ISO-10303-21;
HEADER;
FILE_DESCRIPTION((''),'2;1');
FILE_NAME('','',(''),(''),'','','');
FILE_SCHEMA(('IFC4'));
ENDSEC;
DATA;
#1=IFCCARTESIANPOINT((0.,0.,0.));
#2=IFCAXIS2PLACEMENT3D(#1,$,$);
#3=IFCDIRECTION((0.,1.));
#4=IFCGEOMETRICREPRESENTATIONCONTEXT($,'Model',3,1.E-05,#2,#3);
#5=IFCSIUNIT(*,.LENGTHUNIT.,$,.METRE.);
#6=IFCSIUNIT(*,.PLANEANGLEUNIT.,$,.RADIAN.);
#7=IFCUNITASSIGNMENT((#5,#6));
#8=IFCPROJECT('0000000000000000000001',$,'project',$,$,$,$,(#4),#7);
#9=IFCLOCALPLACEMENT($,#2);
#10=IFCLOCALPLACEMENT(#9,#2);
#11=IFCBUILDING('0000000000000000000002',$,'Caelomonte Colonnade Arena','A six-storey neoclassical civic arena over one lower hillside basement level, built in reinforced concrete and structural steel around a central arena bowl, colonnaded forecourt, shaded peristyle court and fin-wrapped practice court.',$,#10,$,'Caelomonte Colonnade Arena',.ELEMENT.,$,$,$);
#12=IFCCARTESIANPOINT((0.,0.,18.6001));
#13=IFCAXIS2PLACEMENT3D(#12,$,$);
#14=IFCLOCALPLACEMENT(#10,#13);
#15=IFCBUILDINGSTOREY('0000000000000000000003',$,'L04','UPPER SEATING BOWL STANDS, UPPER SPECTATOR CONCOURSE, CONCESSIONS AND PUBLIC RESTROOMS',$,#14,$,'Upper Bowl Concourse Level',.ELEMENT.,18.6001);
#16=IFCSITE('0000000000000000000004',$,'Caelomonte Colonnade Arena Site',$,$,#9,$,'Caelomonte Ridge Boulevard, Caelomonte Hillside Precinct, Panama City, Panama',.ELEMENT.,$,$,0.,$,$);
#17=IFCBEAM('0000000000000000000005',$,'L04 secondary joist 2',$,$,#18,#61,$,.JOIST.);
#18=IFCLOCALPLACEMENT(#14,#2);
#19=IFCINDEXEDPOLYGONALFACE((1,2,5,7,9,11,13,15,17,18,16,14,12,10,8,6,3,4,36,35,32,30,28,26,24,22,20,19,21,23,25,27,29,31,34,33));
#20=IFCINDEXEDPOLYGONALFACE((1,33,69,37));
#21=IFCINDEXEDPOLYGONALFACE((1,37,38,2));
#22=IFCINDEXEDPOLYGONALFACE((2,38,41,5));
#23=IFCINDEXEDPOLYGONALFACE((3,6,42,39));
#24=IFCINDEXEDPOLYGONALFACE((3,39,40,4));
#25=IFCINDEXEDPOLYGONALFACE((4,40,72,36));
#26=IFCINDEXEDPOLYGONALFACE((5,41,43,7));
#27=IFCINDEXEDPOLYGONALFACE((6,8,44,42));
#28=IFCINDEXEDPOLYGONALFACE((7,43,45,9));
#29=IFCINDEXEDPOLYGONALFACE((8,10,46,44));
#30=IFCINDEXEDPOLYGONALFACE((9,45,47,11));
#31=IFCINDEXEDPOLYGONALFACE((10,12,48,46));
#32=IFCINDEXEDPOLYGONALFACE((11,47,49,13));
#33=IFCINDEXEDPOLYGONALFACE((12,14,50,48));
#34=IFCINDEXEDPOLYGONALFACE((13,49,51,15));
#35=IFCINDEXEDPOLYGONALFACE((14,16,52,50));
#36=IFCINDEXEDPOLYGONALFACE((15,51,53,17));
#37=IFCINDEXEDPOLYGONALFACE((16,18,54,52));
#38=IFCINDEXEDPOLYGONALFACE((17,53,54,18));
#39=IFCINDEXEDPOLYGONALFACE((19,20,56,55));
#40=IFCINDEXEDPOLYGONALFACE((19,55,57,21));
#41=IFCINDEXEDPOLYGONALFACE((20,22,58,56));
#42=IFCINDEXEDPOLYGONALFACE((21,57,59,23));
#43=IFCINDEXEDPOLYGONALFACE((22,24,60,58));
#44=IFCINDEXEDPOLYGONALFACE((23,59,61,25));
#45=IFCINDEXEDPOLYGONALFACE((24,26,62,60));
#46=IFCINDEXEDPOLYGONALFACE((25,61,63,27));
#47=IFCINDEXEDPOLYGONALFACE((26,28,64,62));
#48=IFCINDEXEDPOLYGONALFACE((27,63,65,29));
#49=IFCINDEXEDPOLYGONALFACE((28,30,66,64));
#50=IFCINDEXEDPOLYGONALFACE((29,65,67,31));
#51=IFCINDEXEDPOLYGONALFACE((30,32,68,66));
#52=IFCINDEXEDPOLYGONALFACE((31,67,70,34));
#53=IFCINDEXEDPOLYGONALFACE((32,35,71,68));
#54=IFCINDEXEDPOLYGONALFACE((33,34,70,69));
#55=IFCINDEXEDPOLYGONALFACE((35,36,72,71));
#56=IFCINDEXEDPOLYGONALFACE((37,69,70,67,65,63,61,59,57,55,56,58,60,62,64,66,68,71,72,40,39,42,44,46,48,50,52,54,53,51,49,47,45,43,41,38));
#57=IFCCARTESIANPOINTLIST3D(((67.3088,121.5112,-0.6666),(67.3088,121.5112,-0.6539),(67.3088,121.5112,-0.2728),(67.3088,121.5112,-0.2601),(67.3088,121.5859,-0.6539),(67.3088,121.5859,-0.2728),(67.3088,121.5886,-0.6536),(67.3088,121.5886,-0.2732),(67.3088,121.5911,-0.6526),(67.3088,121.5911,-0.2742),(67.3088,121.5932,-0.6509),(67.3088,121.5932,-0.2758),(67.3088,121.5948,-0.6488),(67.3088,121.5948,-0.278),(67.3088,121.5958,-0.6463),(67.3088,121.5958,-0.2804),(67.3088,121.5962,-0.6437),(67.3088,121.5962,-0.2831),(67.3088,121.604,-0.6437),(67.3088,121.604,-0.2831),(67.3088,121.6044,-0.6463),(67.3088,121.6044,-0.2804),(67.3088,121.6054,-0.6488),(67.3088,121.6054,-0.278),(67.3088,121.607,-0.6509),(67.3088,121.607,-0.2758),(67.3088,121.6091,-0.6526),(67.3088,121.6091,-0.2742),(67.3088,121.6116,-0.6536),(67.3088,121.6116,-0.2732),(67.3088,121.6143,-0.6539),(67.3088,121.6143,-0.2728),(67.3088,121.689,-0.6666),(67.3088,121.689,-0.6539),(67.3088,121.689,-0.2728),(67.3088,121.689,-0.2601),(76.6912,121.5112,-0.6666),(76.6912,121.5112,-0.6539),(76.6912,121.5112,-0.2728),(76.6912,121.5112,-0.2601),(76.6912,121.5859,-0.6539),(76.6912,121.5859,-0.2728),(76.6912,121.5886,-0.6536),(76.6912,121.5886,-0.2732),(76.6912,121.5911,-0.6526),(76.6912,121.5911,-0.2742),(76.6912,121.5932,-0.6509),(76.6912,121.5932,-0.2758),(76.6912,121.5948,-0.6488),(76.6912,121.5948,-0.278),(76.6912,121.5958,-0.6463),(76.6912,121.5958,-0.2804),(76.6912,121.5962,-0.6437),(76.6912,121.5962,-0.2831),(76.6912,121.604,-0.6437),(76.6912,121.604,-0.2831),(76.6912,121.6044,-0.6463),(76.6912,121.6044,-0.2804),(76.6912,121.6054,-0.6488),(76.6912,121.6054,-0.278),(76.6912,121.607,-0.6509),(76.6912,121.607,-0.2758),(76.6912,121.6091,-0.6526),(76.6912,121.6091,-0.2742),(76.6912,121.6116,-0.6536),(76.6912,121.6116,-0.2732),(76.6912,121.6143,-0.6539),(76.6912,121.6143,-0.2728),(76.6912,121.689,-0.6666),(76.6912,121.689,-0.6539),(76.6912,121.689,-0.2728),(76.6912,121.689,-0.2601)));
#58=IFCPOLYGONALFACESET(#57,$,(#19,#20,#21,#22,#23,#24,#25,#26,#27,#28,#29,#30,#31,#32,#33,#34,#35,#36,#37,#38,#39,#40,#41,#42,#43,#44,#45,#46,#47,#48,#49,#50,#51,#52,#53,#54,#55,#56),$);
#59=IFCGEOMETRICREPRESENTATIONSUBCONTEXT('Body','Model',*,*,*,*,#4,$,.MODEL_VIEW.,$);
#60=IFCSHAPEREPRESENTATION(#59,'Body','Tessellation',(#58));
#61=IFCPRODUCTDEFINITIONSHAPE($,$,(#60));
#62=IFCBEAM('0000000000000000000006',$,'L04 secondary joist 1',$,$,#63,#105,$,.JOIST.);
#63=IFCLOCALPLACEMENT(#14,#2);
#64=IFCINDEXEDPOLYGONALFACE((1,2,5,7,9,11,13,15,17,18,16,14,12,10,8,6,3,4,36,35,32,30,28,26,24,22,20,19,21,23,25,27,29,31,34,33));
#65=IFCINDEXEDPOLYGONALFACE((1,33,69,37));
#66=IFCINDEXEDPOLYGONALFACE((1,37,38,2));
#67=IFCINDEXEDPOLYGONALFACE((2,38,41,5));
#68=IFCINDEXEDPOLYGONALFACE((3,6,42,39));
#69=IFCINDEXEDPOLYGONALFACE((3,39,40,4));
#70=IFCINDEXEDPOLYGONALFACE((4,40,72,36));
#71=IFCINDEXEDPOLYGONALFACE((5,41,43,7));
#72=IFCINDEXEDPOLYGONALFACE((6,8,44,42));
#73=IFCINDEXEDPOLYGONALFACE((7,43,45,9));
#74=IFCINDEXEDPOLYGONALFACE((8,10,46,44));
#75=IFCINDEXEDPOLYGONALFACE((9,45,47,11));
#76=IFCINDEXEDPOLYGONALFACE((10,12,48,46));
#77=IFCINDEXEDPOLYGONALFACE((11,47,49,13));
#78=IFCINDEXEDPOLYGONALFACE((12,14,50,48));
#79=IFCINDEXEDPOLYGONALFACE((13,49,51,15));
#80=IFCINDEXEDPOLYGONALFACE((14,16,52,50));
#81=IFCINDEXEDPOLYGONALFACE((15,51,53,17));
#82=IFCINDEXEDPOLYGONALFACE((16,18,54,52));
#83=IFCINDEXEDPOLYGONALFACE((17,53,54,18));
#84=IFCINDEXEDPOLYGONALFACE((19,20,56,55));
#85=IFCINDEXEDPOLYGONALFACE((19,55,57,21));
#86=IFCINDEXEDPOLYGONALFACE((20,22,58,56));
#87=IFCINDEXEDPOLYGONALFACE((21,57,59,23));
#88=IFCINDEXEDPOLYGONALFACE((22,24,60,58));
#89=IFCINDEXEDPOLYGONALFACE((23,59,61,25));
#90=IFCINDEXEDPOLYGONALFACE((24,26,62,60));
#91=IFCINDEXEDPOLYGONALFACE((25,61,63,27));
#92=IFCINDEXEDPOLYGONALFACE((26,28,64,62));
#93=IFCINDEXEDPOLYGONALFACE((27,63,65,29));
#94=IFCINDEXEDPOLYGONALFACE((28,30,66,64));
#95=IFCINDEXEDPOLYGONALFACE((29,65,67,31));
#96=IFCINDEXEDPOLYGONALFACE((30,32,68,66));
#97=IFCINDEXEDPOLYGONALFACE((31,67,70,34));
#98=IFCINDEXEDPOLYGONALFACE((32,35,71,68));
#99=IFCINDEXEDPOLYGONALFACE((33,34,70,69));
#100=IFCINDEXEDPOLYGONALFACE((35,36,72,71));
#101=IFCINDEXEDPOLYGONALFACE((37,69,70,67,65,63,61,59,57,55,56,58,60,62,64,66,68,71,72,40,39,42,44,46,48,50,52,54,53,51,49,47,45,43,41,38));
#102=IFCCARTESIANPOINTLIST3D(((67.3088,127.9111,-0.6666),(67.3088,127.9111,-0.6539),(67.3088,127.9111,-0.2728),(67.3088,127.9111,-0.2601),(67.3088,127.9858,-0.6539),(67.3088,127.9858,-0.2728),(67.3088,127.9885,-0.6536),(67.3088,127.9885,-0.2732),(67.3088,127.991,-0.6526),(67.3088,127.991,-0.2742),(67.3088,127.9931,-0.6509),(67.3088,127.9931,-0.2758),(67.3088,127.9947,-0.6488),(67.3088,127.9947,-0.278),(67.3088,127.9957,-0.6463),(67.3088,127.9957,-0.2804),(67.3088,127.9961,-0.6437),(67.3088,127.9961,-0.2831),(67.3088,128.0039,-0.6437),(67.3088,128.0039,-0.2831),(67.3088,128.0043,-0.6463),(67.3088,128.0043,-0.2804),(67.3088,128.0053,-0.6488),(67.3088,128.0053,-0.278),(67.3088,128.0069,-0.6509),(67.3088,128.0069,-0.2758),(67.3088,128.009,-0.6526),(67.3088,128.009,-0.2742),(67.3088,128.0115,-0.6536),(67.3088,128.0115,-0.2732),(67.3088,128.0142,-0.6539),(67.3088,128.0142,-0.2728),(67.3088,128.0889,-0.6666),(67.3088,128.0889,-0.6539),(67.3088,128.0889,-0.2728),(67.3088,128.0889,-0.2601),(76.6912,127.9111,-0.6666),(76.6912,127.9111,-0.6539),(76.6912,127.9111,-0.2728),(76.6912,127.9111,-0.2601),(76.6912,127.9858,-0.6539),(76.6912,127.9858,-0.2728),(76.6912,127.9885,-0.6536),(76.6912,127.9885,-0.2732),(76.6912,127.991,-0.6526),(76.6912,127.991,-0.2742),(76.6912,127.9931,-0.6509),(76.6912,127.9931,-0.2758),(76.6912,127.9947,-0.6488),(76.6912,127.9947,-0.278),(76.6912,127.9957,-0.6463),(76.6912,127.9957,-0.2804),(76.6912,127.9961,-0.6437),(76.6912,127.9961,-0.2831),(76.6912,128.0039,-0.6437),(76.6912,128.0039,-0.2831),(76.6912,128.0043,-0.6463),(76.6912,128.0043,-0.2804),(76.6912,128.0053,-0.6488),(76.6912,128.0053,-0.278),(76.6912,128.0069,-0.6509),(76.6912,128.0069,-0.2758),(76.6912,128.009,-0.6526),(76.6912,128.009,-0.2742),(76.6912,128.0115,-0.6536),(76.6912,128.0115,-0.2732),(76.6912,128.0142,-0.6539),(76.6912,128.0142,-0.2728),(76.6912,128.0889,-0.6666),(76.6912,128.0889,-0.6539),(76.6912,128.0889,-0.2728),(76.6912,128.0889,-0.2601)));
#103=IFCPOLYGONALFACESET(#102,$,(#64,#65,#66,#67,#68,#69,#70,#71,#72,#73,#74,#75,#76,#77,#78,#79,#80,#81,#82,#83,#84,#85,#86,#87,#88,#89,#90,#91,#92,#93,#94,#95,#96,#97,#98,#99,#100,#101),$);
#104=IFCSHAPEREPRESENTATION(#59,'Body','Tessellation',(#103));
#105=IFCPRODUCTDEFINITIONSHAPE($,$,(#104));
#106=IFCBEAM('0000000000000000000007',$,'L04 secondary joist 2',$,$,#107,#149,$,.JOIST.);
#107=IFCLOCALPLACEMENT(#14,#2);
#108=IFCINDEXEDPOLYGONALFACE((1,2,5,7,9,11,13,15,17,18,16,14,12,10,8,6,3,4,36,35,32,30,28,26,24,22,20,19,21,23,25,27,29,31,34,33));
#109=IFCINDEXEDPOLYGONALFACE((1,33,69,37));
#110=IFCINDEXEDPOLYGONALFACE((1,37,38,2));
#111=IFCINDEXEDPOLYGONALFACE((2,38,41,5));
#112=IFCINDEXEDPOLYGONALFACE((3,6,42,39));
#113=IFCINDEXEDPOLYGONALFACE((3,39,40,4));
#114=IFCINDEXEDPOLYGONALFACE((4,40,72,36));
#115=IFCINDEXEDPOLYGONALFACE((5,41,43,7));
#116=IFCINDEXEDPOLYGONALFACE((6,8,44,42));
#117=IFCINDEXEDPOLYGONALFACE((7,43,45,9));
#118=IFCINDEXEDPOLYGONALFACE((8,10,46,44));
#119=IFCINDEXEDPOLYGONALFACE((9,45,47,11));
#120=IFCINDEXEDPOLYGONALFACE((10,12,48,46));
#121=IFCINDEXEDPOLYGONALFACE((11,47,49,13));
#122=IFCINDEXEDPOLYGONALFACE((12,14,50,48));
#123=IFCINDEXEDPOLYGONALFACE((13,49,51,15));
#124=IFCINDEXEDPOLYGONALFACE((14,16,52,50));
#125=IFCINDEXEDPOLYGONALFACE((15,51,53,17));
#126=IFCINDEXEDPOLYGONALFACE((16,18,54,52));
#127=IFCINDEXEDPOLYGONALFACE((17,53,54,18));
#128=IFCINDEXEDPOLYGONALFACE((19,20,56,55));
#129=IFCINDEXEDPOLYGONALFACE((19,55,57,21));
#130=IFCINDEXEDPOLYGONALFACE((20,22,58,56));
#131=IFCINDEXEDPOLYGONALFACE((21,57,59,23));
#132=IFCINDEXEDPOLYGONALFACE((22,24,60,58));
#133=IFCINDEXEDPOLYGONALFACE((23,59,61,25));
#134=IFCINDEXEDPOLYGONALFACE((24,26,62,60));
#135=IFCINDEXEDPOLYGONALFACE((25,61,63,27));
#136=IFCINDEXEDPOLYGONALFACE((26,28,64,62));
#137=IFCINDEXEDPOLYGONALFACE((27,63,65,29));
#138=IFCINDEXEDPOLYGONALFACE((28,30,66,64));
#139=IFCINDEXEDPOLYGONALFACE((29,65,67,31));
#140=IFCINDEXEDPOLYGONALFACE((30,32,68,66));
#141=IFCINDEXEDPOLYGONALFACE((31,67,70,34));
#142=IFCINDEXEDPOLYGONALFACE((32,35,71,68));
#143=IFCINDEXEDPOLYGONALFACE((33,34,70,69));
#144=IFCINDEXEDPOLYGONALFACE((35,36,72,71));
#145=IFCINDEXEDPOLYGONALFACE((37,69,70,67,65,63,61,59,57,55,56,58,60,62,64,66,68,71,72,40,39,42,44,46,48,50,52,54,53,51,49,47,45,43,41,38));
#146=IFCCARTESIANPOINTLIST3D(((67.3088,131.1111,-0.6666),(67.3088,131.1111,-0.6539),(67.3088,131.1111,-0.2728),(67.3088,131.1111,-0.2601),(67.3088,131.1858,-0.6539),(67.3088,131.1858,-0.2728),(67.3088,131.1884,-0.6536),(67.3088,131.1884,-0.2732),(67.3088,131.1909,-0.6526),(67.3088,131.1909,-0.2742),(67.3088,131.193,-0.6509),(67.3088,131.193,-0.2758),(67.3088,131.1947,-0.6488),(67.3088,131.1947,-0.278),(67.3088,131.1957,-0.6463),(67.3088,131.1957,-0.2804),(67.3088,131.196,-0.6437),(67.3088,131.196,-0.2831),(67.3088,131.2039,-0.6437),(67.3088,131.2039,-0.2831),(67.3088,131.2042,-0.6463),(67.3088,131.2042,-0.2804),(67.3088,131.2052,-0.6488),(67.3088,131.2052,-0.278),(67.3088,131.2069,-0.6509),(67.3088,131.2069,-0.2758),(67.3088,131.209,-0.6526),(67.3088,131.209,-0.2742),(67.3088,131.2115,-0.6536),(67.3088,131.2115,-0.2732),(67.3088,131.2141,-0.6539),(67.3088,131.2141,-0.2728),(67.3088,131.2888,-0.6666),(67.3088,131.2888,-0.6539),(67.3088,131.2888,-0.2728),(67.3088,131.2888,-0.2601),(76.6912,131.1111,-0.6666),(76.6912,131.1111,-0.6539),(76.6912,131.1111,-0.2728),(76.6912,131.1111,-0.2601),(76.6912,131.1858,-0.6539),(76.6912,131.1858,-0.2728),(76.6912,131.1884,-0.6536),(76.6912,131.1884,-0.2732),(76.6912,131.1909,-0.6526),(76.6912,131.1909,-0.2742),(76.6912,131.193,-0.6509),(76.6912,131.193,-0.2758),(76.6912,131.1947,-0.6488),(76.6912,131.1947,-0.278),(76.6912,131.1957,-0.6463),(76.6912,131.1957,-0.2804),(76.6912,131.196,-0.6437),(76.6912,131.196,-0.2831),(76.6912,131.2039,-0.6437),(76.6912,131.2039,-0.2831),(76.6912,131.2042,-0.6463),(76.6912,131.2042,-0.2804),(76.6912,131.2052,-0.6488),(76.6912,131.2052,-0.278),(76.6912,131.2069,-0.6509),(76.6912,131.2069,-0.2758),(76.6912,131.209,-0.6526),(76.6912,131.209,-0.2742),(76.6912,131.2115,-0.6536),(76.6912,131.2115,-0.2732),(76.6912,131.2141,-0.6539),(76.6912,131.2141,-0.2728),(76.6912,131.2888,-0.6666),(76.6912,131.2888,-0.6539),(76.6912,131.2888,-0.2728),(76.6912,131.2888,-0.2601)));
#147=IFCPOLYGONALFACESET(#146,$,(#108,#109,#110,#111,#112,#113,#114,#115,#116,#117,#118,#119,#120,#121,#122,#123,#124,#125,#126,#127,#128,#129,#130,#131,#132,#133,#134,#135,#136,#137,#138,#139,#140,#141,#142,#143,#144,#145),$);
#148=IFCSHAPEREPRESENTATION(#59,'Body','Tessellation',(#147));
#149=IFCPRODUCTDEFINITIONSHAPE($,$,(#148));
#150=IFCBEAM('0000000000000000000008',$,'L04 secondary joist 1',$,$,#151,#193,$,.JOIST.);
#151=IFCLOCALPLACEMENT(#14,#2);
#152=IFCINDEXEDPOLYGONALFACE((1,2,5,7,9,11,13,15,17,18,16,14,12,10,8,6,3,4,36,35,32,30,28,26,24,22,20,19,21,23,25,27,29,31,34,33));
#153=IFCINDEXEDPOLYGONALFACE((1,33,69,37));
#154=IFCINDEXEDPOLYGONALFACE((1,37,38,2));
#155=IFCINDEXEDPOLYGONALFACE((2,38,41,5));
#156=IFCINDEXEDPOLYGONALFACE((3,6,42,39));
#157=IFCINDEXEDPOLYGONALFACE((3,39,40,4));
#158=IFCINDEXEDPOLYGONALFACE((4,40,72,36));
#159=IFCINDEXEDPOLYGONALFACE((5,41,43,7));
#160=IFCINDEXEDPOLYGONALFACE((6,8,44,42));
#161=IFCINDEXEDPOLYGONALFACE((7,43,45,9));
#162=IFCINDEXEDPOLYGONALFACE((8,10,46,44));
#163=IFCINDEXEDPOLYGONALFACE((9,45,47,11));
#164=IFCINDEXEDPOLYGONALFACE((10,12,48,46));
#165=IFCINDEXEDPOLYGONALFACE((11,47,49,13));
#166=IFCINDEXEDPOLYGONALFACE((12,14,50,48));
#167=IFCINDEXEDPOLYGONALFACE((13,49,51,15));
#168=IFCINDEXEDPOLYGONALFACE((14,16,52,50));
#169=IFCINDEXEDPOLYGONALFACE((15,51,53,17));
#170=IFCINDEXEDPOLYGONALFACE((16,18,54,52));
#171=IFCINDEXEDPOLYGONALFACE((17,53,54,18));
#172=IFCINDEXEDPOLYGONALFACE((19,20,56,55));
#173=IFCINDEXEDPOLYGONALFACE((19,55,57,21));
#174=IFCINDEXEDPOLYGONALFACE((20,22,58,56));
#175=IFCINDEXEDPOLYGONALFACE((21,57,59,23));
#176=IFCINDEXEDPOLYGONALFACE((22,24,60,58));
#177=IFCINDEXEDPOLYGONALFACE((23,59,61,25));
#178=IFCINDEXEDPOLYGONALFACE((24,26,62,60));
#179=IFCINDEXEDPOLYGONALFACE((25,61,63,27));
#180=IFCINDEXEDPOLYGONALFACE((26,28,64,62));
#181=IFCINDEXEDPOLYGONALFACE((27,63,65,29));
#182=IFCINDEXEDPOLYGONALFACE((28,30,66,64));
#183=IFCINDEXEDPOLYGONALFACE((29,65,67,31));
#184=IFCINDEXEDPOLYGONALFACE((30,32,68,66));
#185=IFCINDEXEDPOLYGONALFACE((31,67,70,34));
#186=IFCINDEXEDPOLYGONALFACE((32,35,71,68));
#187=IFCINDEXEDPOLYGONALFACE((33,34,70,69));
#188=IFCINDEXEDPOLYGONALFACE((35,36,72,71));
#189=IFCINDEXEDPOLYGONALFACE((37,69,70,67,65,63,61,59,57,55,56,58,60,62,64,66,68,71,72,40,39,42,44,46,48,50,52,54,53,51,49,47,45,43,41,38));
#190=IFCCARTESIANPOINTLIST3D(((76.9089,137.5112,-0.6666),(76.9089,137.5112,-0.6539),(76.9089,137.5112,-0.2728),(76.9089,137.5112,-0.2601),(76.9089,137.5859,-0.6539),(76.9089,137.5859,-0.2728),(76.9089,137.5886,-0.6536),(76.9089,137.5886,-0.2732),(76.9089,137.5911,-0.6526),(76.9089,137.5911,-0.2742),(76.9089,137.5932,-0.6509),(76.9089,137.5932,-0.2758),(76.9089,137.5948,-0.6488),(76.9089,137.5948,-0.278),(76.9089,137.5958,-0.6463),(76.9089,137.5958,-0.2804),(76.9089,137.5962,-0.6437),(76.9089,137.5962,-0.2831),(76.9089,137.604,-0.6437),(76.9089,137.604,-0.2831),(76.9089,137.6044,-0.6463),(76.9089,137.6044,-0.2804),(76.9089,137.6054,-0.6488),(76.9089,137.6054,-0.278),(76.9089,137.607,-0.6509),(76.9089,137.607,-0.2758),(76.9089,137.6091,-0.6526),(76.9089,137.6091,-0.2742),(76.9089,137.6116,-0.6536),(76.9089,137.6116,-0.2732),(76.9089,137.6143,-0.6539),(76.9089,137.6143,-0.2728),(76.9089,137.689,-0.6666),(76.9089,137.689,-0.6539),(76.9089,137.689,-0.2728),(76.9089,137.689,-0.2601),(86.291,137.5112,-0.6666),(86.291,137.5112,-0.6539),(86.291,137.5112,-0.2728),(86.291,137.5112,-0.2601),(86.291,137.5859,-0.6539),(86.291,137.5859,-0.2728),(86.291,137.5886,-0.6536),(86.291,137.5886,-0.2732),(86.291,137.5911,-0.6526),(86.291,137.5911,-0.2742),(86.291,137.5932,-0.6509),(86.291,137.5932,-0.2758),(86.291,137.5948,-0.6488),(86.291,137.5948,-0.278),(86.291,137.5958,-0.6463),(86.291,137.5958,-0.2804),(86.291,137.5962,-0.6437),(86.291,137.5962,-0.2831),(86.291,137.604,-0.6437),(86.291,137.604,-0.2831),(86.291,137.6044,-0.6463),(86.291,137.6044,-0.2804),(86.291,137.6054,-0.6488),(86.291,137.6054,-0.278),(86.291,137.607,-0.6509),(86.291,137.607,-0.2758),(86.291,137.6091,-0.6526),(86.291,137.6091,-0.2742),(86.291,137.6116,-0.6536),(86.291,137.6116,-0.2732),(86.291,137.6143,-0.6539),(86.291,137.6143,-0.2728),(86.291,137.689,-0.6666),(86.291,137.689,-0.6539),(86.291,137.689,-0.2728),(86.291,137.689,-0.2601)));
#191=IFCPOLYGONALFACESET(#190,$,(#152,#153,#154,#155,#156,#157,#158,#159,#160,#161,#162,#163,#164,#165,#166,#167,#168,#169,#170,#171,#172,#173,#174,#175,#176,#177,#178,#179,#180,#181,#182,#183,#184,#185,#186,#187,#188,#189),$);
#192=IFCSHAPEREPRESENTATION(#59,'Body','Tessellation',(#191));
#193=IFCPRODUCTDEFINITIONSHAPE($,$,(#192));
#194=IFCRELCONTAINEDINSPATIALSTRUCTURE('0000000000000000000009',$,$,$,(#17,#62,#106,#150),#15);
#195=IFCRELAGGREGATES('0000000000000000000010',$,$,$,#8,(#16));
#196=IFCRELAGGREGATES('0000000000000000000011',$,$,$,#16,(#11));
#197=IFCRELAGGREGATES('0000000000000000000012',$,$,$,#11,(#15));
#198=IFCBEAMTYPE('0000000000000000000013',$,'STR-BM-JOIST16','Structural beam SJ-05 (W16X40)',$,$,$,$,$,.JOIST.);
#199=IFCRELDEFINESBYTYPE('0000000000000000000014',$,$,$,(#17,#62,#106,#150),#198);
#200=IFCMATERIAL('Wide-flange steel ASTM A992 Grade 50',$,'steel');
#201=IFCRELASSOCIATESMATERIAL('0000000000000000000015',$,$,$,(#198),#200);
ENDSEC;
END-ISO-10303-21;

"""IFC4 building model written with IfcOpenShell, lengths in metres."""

from ifc_helpers import new_model, si_unit, direction, frame, origin, origin_2d, place, context, subcontext, project, spatial, i_section, extrude, material, material_profile, profile_set, type_object, element, save


model = new_model("IFC4")

# Units and contexts
model_context = context("Model", 3, precision=1e-05, world=origin(), true_north=direction((0.0, 1.0)))
body_context = subcontext(model_context, "Body", "Model", "MODEL_VIEW")
ifc_project = project(units=[si_unit("LENGTHUNIT", "METRE"), si_unit("PLANEANGLEUNIT", "RADIAN")], contexts=[model_context])

# Site, building, storey
site_placement = place(None, origin())
site = spatial("IfcSite", under=ifc_project, at=site_placement, Name="Caelomonte Colonnade Arena Site", LongName="Caelomonte Ridge Boulevard, Caelomonte Hillside Precinct, Panama City, Panama", CompositionType="ELEMENT", RefElevation=0.0)
building_placement = place(site_placement, origin())
building = spatial("IfcBuilding", under=site, at=building_placement, Name="Caelomonte Colonnade Arena", Description="A six-storey neoclassical civic arena over one lower hillside basement level, built in reinforced concrete and structural steel around a central arena bowl, colonnaded forecourt, shaded peristyle court and fin-wrapped practice court.", LongName="Caelomonte Colonnade Arena", CompositionType="ELEMENT")
storey_placement = place(building_placement, frame((0.0, 0.0, 18.6001)))
storey = spatial("IfcBuildingStorey", under=building, at=storey_placement, Name="L04", Description="UPPER SEATING BOWL STANDS, UPPER SPECTATOR CONCOURSE, CONCESSIONS AND PUBLIC RESTROOMS", LongName="Upper Bowl Concourse Level", CompositionType="ELEMENT", Elevation=18.6001)

# Beams
ifc_material_1 = material(Name="Wide-flange steel ASTM A992 Grade 50", Category="steel")
ifc_material_profile_1 = material_profile(ifc_material_1, i_section(OverallWidth=0.1777, OverallDepth=0.4065, WebThickness=0.0078, FlangeThickness=0.0127, FilletRadius=0.0103, at=origin_2d()), Name="W16X40")
ifc_profile_set_1 = profile_set([ifc_material_profile_1], Name="Wide-flange steel ASTM A992 Grade 50")
beam_type_1 = type_object("IfcBeamType", Name="STR-BM-JOIST16", Description="Structural beam SJ-05 (W16X40)", PredefinedType="JOIST", material=ifc_profile_set_1)
for number, where, z_axis, x_axis, name in (
    (1, (67.3088, 121.6001, -0.4634), (1.0, 0.0, 0.0), (0.0, 1.0, 0.0), "L04 secondary joist 2"),
    (2, (67.3088, 128.0, -0.4634), (1.0, 0.0, 0.0), (0.0, 1.0, 0.0), "L04 secondary joist 1"),
    (3, (67.3088, 131.2, -0.4634), (1.0, 0.0, 0.0), (0.0, 1.0, 0.0), "L04 secondary joist 2"),
):
    element("IfcBeam", number, at=place(storey_placement, frame(where, z_axis=z_axis, x_axis=x_axis)), inside=storey, type_object=beam_type_1, Name=name, PredefinedType="JOIST", context=body_context, shape_type="SweptSolid", body=[
        extrude(i_section(OverallWidth=0.1777, OverallDepth=0.4065, WebThickness=0.0078, FlangeThickness=0.0127, FilletRadius=0.0103, at=origin_2d()), origin(), (0.0, 0.0, 1.0), 9.3823),
    ])
for number, where, z_axis, x_axis, name in (
    (4, (76.9089, 137.6001, -0.4634), (1.0, 0.0, 0.0), (0.0, 1.0, 0.0), "L04 secondary joist 1"),
):
    element("IfcBeam", number, at=place(storey_placement, frame(where, z_axis=z_axis, x_axis=x_axis)), inside=storey, type_object=beam_type_1, Name=name, PredefinedType="JOIST", context=body_context, shape_type="SweptSolid", body=[
        extrude(i_section(OverallWidth=0.1777, OverallDepth=0.4065, WebThickness=0.0078, FlangeThickness=0.0127, FilletRadius=0.0103, at=origin_2d()), origin(), (0.0, 0.0, 1.0), 9.3821),
    ])

save(model, "model.ifc")
